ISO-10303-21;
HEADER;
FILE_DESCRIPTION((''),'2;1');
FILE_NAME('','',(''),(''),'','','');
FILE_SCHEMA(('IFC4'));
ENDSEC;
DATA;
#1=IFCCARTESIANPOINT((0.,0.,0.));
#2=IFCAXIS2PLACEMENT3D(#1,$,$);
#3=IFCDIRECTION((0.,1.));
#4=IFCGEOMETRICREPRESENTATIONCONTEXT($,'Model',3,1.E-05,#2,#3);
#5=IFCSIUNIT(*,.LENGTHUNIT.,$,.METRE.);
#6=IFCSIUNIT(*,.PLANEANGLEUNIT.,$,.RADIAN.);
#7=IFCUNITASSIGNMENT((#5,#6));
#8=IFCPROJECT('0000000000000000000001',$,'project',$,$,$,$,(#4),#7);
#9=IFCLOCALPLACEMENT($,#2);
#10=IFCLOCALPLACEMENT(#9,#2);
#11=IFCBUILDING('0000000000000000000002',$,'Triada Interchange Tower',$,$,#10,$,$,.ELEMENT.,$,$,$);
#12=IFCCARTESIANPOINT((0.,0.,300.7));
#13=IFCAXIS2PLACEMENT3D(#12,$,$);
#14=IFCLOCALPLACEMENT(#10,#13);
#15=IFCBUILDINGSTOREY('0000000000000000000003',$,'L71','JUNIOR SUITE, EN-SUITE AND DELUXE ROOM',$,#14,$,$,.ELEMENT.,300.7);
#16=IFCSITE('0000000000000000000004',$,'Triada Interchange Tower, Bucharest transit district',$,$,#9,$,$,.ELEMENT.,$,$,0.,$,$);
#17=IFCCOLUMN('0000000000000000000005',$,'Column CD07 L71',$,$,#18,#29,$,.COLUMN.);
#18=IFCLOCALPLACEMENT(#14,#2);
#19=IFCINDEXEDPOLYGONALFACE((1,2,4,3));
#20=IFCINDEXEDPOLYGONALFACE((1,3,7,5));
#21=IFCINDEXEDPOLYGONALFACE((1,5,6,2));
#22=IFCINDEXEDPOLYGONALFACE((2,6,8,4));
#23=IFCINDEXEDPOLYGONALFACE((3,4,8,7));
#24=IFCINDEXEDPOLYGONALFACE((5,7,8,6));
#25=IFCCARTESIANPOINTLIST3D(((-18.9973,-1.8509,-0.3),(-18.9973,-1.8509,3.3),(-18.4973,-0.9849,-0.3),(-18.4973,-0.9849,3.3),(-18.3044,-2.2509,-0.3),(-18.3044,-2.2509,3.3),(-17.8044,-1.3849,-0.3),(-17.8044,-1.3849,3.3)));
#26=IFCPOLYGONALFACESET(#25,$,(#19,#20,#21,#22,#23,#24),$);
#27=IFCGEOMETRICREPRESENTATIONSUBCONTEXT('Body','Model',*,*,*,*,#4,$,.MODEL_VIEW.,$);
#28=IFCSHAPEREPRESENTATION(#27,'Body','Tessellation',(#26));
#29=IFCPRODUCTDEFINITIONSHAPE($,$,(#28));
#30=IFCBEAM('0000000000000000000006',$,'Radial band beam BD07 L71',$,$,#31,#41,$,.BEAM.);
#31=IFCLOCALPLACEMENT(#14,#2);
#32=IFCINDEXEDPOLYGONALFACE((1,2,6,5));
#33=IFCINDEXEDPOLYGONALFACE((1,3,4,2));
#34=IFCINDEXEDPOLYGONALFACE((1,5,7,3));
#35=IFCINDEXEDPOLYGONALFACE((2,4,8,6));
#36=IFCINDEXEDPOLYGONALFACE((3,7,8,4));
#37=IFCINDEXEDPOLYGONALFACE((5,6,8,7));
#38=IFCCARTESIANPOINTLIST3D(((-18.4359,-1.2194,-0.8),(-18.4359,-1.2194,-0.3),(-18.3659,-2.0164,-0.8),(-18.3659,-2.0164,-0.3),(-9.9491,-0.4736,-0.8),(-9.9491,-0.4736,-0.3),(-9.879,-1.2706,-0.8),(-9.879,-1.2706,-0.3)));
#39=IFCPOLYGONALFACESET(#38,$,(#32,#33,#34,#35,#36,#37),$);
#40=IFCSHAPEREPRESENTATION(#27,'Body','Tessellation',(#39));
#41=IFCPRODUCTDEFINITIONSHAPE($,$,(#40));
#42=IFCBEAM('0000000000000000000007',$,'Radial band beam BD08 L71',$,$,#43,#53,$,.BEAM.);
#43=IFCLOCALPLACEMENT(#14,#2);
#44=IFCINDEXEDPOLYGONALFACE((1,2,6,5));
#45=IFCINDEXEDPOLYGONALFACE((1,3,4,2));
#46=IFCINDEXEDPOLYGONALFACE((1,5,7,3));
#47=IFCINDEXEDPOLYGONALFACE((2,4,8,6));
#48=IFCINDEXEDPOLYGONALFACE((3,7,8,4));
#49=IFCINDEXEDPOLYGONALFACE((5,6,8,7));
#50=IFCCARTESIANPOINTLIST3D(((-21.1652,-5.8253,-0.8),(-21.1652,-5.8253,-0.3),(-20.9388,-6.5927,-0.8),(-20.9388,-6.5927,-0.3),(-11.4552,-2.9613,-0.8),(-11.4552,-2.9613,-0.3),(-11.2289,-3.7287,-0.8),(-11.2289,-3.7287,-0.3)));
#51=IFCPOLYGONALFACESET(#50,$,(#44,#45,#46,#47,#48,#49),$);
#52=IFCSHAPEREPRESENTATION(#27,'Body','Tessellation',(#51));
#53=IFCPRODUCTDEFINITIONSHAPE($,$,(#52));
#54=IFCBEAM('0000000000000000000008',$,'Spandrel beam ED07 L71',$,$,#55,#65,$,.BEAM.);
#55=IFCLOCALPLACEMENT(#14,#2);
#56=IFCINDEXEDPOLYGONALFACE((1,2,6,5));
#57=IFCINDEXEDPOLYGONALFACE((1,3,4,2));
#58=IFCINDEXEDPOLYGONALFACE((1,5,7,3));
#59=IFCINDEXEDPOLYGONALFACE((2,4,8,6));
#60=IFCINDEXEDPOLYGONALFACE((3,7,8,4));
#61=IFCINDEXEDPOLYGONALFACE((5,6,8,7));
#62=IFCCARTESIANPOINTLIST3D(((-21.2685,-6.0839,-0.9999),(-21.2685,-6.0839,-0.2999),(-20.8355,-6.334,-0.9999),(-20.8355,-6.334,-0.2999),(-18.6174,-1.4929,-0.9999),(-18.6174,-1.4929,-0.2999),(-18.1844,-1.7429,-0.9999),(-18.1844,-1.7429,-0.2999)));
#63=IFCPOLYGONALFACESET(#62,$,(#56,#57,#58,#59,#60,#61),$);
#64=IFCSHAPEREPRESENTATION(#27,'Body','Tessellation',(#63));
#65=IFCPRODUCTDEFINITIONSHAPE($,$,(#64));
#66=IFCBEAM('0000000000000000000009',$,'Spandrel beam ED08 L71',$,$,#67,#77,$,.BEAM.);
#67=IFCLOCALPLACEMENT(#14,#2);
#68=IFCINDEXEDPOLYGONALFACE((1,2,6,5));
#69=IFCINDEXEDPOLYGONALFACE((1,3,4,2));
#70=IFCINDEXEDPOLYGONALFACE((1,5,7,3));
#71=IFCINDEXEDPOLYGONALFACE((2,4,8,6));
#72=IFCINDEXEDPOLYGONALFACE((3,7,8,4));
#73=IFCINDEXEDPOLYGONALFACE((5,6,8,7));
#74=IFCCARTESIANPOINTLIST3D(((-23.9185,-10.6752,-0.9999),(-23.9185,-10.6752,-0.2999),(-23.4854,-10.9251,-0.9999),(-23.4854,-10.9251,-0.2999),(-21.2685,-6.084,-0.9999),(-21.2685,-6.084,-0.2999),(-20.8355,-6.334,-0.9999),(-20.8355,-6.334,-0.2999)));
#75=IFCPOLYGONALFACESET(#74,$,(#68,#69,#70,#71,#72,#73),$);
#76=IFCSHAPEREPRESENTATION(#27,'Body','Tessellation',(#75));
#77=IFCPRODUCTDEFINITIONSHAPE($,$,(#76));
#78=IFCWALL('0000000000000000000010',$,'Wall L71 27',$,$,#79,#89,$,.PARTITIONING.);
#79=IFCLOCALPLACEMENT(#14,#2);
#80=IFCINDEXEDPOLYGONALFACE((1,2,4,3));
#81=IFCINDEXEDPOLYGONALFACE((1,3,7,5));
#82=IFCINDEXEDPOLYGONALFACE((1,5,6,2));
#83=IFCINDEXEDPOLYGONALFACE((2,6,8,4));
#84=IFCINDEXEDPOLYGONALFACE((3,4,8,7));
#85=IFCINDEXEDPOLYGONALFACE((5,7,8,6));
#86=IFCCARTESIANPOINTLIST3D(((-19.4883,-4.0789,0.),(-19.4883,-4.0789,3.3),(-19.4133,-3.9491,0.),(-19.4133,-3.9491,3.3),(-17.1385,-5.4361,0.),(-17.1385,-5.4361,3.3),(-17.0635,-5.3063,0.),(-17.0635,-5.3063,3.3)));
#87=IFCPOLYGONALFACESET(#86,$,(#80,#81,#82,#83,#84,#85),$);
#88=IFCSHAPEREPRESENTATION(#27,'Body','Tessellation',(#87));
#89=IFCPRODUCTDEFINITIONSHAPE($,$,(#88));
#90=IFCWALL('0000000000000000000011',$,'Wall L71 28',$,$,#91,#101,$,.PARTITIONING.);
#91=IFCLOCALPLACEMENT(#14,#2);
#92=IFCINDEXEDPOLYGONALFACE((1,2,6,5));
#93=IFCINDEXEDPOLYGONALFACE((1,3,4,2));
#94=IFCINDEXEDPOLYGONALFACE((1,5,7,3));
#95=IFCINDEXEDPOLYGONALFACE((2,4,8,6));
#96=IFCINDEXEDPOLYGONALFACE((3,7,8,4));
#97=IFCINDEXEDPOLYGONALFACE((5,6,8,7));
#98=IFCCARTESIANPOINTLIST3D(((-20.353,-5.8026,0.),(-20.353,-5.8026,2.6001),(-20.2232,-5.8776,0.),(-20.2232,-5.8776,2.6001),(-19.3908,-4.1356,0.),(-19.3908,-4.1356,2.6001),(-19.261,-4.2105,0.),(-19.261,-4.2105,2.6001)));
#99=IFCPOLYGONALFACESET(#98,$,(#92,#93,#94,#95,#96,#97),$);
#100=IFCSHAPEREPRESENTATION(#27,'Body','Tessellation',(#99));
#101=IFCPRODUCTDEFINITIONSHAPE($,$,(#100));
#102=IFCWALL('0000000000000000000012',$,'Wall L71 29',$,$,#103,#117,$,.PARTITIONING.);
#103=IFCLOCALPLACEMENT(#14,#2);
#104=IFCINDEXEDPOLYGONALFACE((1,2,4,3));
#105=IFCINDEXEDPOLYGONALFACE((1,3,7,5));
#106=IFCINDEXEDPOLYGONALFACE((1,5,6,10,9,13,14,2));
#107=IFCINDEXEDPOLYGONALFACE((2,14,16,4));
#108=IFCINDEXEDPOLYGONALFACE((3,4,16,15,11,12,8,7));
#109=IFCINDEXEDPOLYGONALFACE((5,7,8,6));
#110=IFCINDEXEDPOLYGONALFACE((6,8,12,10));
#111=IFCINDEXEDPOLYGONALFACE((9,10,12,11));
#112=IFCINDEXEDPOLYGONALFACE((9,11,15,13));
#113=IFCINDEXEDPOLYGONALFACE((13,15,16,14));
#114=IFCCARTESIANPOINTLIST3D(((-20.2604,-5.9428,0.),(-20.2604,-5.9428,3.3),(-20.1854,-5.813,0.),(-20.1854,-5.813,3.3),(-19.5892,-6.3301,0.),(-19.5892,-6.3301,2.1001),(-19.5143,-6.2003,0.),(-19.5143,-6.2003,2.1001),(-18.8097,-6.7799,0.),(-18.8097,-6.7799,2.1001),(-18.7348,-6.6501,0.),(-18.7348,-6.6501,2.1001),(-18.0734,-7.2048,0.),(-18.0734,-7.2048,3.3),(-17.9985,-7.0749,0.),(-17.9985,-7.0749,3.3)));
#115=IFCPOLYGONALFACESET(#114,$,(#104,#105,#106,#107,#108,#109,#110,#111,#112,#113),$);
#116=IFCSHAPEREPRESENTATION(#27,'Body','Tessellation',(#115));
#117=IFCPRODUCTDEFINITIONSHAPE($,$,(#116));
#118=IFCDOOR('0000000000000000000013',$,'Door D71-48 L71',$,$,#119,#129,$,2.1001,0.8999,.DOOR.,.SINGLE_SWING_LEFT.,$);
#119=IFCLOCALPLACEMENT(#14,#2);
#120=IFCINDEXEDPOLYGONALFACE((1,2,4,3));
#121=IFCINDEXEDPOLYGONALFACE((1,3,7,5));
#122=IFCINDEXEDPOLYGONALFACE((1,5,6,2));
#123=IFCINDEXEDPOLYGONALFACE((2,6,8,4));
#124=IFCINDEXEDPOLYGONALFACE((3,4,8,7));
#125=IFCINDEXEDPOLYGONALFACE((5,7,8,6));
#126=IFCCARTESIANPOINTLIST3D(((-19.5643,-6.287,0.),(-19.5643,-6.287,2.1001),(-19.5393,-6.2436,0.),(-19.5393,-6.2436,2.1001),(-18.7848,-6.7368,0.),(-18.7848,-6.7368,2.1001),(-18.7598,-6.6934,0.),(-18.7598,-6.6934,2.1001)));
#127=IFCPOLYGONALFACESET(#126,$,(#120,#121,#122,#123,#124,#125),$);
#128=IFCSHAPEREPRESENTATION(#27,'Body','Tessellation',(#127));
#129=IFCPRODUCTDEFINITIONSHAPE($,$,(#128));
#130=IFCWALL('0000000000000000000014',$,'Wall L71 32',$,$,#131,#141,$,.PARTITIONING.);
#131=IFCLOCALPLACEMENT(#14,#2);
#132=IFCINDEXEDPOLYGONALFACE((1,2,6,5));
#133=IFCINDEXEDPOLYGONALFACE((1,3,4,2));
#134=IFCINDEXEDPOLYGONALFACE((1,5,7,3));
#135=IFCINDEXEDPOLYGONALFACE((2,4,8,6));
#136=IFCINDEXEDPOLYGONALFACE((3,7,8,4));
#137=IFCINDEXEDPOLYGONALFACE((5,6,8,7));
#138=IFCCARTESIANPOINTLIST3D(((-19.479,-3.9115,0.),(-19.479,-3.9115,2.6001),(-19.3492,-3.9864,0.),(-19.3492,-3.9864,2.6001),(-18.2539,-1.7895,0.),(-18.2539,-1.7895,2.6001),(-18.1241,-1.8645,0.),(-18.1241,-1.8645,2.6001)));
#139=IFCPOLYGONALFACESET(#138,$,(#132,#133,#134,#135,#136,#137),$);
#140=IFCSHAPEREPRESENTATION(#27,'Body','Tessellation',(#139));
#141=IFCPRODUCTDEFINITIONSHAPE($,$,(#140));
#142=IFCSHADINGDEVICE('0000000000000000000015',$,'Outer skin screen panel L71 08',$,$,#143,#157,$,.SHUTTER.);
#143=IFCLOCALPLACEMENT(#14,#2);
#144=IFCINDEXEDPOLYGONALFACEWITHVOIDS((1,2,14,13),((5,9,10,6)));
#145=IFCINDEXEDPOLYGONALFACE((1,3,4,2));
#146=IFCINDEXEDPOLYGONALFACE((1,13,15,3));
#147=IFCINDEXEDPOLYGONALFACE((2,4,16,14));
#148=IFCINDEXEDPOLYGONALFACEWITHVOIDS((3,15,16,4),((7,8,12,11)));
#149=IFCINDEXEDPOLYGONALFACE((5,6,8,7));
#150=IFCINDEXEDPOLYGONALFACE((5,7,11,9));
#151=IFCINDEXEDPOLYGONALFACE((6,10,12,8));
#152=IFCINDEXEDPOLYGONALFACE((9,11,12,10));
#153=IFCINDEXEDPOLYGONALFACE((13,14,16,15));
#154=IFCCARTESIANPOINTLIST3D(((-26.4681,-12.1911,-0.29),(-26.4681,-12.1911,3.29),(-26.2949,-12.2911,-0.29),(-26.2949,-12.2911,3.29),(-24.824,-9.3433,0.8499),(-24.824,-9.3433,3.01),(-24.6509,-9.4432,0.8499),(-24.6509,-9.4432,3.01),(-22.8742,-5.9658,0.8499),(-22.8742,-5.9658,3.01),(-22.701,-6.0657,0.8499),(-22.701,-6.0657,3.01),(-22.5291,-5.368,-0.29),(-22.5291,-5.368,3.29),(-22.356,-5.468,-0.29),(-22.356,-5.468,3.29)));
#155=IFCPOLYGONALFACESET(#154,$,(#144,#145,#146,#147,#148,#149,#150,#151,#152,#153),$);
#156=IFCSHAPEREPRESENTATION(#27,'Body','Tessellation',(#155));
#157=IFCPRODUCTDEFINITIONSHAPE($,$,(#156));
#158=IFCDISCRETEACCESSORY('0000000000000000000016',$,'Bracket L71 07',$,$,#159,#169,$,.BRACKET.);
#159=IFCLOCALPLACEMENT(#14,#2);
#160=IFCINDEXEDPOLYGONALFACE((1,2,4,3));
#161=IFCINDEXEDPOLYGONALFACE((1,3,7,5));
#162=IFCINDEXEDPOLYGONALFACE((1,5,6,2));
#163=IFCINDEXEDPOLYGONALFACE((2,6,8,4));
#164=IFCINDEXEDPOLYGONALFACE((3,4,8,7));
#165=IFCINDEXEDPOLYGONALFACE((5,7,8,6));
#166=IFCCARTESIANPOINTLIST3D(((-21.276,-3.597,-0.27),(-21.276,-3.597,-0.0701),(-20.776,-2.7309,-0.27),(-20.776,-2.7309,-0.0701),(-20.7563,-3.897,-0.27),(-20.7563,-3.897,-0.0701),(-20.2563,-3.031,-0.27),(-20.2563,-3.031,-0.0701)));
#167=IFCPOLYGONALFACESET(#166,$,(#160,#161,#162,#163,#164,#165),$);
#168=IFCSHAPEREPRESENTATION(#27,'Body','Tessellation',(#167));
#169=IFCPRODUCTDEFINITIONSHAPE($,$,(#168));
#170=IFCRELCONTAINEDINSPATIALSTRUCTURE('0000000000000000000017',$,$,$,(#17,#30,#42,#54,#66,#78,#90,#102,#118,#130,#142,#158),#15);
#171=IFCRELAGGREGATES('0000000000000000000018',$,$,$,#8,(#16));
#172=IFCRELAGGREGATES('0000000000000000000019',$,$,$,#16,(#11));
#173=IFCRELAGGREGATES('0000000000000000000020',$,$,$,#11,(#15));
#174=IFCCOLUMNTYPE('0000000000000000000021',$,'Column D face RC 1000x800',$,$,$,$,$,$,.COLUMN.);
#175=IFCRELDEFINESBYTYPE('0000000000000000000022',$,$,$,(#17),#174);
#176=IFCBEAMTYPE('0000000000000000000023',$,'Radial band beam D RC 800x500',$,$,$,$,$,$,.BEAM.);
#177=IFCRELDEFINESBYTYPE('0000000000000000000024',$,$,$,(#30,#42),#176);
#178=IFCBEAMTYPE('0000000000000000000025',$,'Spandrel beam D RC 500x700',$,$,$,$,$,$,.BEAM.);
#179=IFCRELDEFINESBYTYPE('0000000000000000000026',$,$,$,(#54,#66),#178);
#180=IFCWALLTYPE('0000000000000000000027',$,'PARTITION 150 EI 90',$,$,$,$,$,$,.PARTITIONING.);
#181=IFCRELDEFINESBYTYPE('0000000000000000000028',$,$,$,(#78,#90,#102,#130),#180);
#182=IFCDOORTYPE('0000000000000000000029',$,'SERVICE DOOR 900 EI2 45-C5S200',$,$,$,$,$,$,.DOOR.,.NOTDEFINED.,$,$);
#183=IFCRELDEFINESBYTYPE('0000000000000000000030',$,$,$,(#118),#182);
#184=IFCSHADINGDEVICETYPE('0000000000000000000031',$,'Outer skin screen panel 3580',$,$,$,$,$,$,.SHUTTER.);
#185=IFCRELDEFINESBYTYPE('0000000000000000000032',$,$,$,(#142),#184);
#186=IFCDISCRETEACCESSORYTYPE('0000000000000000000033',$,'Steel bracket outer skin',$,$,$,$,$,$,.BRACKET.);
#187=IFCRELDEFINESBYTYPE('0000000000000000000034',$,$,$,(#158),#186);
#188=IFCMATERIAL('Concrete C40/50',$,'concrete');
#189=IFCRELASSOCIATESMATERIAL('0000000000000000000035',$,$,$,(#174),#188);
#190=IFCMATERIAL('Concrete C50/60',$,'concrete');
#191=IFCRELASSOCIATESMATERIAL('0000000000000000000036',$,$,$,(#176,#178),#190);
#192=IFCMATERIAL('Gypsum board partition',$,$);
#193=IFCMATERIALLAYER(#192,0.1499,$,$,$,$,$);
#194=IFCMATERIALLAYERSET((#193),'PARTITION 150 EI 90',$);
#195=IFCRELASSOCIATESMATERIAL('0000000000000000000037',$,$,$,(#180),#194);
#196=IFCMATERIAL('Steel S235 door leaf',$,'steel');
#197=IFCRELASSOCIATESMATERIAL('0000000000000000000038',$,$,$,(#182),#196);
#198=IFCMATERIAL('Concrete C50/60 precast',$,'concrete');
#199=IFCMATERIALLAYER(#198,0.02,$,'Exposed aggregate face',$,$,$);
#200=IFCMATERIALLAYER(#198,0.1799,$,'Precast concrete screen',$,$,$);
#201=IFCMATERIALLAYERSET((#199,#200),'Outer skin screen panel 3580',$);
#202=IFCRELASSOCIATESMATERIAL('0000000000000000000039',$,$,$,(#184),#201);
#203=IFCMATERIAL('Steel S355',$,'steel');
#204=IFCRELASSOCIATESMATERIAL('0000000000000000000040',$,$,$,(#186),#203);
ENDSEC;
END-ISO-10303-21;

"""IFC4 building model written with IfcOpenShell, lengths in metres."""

from ifc_helpers import new_model, si_unit, direction, frame, frame_2d, origin, origin_2d, place, context, subcontext, project, spatial, polyline, rectangle, outline, extrude, material, layer, layer_set, material_profile, profile_set, type_object, element, fill, save


model = new_model("IFC4")

# Units and contexts
model_context = context("Model", 3, precision=1e-05, world=origin(), true_north=direction((0.0, 1.0)))
body_context = subcontext(model_context, "Body", "Model", "MODEL_VIEW")
ifc_project = project(units=[si_unit("LENGTHUNIT", "METRE"), si_unit("PLANEANGLEUNIT", "RADIAN")], contexts=[model_context])

# Site, building, storey
site_placement = place(None, origin())
site = spatial("IfcSite", under=ifc_project, at=site_placement, Name="Triada Interchange Tower, Bucharest transit district", CompositionType="ELEMENT", RefElevation=0.0)
building_placement = place(site_placement, origin())
building = spatial("IfcBuilding", under=site, at=building_placement, Name="Triada Interchange Tower", CompositionType="ELEMENT")
storey_placement = place(building_placement, frame((0.0, 0.0, 300.7)))
storey = spatial("IfcBuildingStorey", under=building, at=storey_placement, Name="L71", Description="JUNIOR SUITE, EN-SUITE AND DELUXE ROOM", CompositionType="ELEMENT", Elevation=300.7)

# Column
ifc_material_1 = material(Name="Concrete C40/50", Category="concrete")
ifc_material_profile_1 = material_profile(ifc_material_1, rectangle(XDim=1.0, YDim=0.8, at=origin_2d()), Name="RC 1000x800")
ifc_profile_set_1 = profile_set([ifc_material_profile_1], Name="Concrete C40/50")
column_type = type_object("IfcColumnType", Name="Column D face RC 1000x800", PredefinedType="COLUMN", material=ifc_profile_set_1)
column_placement = place(storey_placement, frame((-18.4009, -1.6179, -0.3), z_axis=(0.0, 0.0, 1.0), x_axis=(0.5, 0.866025, 0.0)))
element("IfcColumn", 1, at=column_placement, inside=storey, type_object=column_type, Name="Column CD07 L71", PredefinedType="COLUMN", context=body_context, shape_type="SweptSolid", body=[
    extrude(rectangle(XDim=1.0, YDim=0.8, at=origin_2d()), origin(), (0.0, 0.0, 1.0), 3.6001),
])

# Beams
ifc_material_2 = material(Name="Concrete C50/60", Category="concrete")
ifc_material_profile_2 = material_profile(ifc_material_2, rectangle(XDim=0.8, YDim=0.5, at=origin_2d()), Name="RC 800x500")
ifc_profile_set_2 = profile_set([ifc_material_profile_2], Name="Concrete C50/60")
beam_type_1 = type_object("IfcBeamType", Name="Radial band beam D RC 800x500", PredefinedType="BEAM", material=ifc_profile_set_2)
beam_1_placement = place(storey_placement, frame((-18.4009, -1.6179, -0.55), z_axis=(0.99616, 0.087546, 0.0), x_axis=(-0.087546, 0.99616, 0.0)))
element("IfcBeam", 2, at=beam_1_placement, inside=storey, type_object=beam_type_1, Name="Radial band beam BD07 L71", PredefinedType="BEAM", context=body_context, shape_type="SweptSolid", body=[
    extrude(rectangle(XDim=0.8, YDim=0.5, at=origin_2d()), origin(), (0.0, 0.0, 1.0), 8.5195),
])
beam_2_placement = place(storey_placement, frame((-21.052, -6.209, -0.55), z_axis=(0.959147, 0.282907, 0.0), x_axis=(-0.282907, 0.959147, 0.0)))
element("IfcBeam", 3, at=beam_2_placement, inside=storey, type_object=beam_type_1, Name="Radial band beam BD08 L71", PredefinedType="BEAM", context=body_context, shape_type="SweptSolid", body=[
    extrude(rectangle(XDim=0.8, YDim=0.5, at=origin_2d()), origin(), (0.0, 0.0, 1.0), 10.1235),
])
ifc_material_profile_3 = material_profile(ifc_material_2, rectangle(XDim=0.5, YDim=0.7, at=origin_2d()), Name="RC 500x700")
ifc_profile_set_3 = profile_set([ifc_material_profile_3], Name="Concrete C50/60")
beam_type_2 = type_object("IfcBeamType", Name="Spandrel beam D RC 500x700", PredefinedType="BEAM", material=ifc_profile_set_3)
beam_3_placement = place(storey_placement, frame((-18.4009, -1.6179, -0.6499), z_axis=(-0.500067, -0.865987, 0.0), x_axis=(0.865987, -0.500067, 0.0)))
element("IfcBeam", 4, at=beam_3_placement, inside=storey, type_object=beam_type_2, Name="Spandrel beam ED07 L71", PredefinedType="BEAM", context=body_context, shape_type="SweptSolid", body=[
    extrude(rectangle(XDim=0.5, YDim=0.7, at=origin_2d()), origin(), (0.0, 0.0, 1.0), 5.3015),
])
beam_4_placement = place(storey_placement, frame((-21.052, -6.209, -0.6499), z_axis=(-0.499894, -0.866087, 0.0), x_axis=(0.866087, -0.499894, 0.0)))
element("IfcBeam", 5, at=beam_4_placement, inside=storey, type_object=beam_type_2, Name="Spandrel beam ED08 L71", PredefinedType="BEAM", context=body_context, shape_type="SweptSolid", body=[
    extrude(rectangle(XDim=0.5, YDim=0.7, at=origin_2d()), origin(), (0.0, 0.0, 1.0), 5.301),
])

# Walls
ifc_material_3 = material(Name="Gypsum board partition")
ifc_layer_1 = layer(ifc_material_3, 0.1499)
ifc_layer_set_1 = layer_set([ifc_layer_1], Name="PARTITION 150 EI 90")
wall_type = type_object("IfcWallType", Name="PARTITION 150 EI 90", PredefinedType="PARTITIONING", material=ifc_layer_set_1)
wall_1_placement = place(storey_placement, frame((-19.4509, -4.0139, 0.0), z_axis=(0.0, 0.0, 1.0), x_axis=(0.865947, -0.500135, 0.0)))
element("IfcWall", 6, at=wall_1_placement, inside=storey, type_object=wall_type, Name="Wall L71 27", PredefinedType="PARTITIONING", context=body_context, shape_type="SweptSolid", body=[
    extrude(rectangle(XDim=2.7136, YDim=0.1499, at=frame_2d((1.3569, 0.0))), origin(), (0.0, 0.0, 1.0), 3.3),
])
wall_2_placement = place(storey_placement, frame((-20.2881, -5.8401, 0.0), z_axis=(0.0, 0.0, 1.0), x_axis=(0.499891, 0.866088, 0.0)))
element("IfcWall", 7, at=wall_2_placement, inside=storey, type_object=wall_type, Name="Wall L71 28", PredefinedType="PARTITIONING", context=body_context, shape_type="SweptSolid", body=[
    extrude(rectangle(XDim=1.9248, YDim=0.1499, at=frame_2d((0.9624, 0.0))), origin(), (0.0, 0.0, 1.0), 2.6001),
])

# Wall, opening, door
wall_3_placement = place(storey_placement, frame((-20.2229, -5.8779, 0.0), z_axis=(0.0, 0.0, 1.0), x_axis=(0.866147, -0.499789, 0.0)))
wall_3 = element("IfcWall", 8, at=wall_3_placement, inside=storey, type_object=wall_type, Name="Wall L71 29", PredefinedType="PARTITIONING", context=body_context, shape_type="SweptSolid", body=[
    extrude(rectangle(XDim=2.5249, YDim=0.1499, at=frame_2d((1.2625, 0.0))), origin(), (0.0, 0.0, 1.0), 3.3),
])
opening_placement = place(wall_3_placement, frame((0.7749, 0.0, 0.0)))
opening = element("IfcOpeningElement", 9, at=opening_placement, cuts=wall_3, PredefinedType="OPENING", context=body_context, shape_type="SweptSolid", body=[
    extrude(rectangle(XDim=0.8999, YDim=2.1001, at=frame_2d((0.45, 1.05))), frame((0.0, 0.085, 0.0), z_axis=(0.0, -1.0, 0.0), x_axis=(1.0, 0.0, 0.0)), (0.0, 0.0, 1.0), 0.1699),
])
ifc_material_4 = material(Name="Steel S235 door leaf", Category="steel")
door_type = type_object("IfcDoorType", Name="SERVICE DOOR 900 EI2 45-C5S200", OperationType="NOTDEFINED", PredefinedType="DOOR", material=ifc_material_4)
door_placement = place(opening_placement, origin())
door = element("IfcDoor", 10, at=door_placement, inside=storey, type_object=door_type, Name="Door D71-48 L71", OperationType="SINGLE_SWING_LEFT", OverallHeight=2.1001, OverallWidth=0.8999, PredefinedType="DOOR", context=body_context, shape_type="SweptSolid", body=[
    extrude(rectangle(XDim=0.8999, YDim=2.1001, at=frame_2d((0.45, 1.05))), frame((0.0, 0.0249, 0.0), z_axis=(0.0, -1.0, 0.0), x_axis=(1.0, 0.0, 0.0)), (0.0, 0.0, 1.0), 0.05),
])
fill(opening, door)

# Wall
wall_4_placement = place(storey_placement, frame((-19.4141, -3.949, 0.0), z_axis=(0.0, 0.0, 1.0), x_axis=(0.499975, 0.86604, 0.0)))
element("IfcWall", 11, at=wall_4_placement, inside=storey, type_object=wall_type, Name="Wall L71 32", PredefinedType="PARTITIONING", context=body_context, shape_type="SweptSolid", body=[
    extrude(rectangle(XDim=2.4502, YDim=0.1499, at=frame_2d((1.2251, 0.0))), origin(), (0.0, 0.0, 1.0), 2.6001),
])

# Shading device
ifc_material_5 = material(Name="Concrete C50/60 precast", Category="concrete")
ifc_layer_2 = layer(ifc_material_5, 0.02, Name="Exposed aggregate face")
ifc_layer_3 = layer(ifc_material_5, 0.1799, Name="Precast concrete screen")
ifc_layer_set_2 = layer_set([ifc_layer_2, ifc_layer_3], Name="Outer skin screen panel 3580")
shading_device_type = type_object("IfcShadingDeviceType", Name="Outer skin screen panel 3580", PredefinedType="SHUTTER", material=ifc_layer_set_2)
shading_device_placement = place(storey_placement, frame((-22.356, -5.468, -0.29), z_axis=(0.0, 0.0, 1.0), x_axis=(-0.499972, -0.866042, 0.0)))
element("IfcShadingDevice", 12, at=shading_device_placement, inside=storey, type_object=shading_device_type, Name="Outer skin screen panel L71 08", PredefinedType="SHUTTER", context=body_context, shape_type="SweptSolid", body=[
    extrude(outline(polyline([(0.0, 0.0), (7.8784, 0.0), (7.8784, 3.5801), (0.0, 3.5801), (0.0, 0.0)]), holes=[polyline([(0.6902, 1.1399), (0.6902, 3.3), (4.5901, 3.3), (4.5901, 1.1399), (0.6902, 1.1399)])]), frame((0.0, 0.0, 0.0), z_axis=(0.0, -1.0, 0.0), x_axis=(1.0, 0.0, 0.0)), (0.0, 0.0, 1.0), 0.2),
])

# Discrete accessory
ifc_material_6 = material(Name="Steel S355", Category="steel")
discrete_accessory_type = type_object("IfcDiscreteAccessoryType", Name="Steel bracket outer skin", PredefinedType="BRACKET", material=ifc_material_6)
discrete_accessory_placement = place(storey_placement, frame((-20.7661, -3.314, -0.27), z_axis=(0.0, 0.0, 1.0), x_axis=(-0.866027, 0.499997, 0.0)))
element("IfcDiscreteAccessory", 13, at=discrete_accessory_placement, inside=storey, type_object=discrete_accessory_type, Name="Bracket L71 07", PredefinedType="BRACKET", context=body_context, shape_type="SweptSolid", body=[
    extrude(rectangle(XDim=0.6001, YDim=1.0, at=origin_2d()), origin(), (0.0, 0.0, 1.0), 0.2),
])

save(model, "model.ifc")
